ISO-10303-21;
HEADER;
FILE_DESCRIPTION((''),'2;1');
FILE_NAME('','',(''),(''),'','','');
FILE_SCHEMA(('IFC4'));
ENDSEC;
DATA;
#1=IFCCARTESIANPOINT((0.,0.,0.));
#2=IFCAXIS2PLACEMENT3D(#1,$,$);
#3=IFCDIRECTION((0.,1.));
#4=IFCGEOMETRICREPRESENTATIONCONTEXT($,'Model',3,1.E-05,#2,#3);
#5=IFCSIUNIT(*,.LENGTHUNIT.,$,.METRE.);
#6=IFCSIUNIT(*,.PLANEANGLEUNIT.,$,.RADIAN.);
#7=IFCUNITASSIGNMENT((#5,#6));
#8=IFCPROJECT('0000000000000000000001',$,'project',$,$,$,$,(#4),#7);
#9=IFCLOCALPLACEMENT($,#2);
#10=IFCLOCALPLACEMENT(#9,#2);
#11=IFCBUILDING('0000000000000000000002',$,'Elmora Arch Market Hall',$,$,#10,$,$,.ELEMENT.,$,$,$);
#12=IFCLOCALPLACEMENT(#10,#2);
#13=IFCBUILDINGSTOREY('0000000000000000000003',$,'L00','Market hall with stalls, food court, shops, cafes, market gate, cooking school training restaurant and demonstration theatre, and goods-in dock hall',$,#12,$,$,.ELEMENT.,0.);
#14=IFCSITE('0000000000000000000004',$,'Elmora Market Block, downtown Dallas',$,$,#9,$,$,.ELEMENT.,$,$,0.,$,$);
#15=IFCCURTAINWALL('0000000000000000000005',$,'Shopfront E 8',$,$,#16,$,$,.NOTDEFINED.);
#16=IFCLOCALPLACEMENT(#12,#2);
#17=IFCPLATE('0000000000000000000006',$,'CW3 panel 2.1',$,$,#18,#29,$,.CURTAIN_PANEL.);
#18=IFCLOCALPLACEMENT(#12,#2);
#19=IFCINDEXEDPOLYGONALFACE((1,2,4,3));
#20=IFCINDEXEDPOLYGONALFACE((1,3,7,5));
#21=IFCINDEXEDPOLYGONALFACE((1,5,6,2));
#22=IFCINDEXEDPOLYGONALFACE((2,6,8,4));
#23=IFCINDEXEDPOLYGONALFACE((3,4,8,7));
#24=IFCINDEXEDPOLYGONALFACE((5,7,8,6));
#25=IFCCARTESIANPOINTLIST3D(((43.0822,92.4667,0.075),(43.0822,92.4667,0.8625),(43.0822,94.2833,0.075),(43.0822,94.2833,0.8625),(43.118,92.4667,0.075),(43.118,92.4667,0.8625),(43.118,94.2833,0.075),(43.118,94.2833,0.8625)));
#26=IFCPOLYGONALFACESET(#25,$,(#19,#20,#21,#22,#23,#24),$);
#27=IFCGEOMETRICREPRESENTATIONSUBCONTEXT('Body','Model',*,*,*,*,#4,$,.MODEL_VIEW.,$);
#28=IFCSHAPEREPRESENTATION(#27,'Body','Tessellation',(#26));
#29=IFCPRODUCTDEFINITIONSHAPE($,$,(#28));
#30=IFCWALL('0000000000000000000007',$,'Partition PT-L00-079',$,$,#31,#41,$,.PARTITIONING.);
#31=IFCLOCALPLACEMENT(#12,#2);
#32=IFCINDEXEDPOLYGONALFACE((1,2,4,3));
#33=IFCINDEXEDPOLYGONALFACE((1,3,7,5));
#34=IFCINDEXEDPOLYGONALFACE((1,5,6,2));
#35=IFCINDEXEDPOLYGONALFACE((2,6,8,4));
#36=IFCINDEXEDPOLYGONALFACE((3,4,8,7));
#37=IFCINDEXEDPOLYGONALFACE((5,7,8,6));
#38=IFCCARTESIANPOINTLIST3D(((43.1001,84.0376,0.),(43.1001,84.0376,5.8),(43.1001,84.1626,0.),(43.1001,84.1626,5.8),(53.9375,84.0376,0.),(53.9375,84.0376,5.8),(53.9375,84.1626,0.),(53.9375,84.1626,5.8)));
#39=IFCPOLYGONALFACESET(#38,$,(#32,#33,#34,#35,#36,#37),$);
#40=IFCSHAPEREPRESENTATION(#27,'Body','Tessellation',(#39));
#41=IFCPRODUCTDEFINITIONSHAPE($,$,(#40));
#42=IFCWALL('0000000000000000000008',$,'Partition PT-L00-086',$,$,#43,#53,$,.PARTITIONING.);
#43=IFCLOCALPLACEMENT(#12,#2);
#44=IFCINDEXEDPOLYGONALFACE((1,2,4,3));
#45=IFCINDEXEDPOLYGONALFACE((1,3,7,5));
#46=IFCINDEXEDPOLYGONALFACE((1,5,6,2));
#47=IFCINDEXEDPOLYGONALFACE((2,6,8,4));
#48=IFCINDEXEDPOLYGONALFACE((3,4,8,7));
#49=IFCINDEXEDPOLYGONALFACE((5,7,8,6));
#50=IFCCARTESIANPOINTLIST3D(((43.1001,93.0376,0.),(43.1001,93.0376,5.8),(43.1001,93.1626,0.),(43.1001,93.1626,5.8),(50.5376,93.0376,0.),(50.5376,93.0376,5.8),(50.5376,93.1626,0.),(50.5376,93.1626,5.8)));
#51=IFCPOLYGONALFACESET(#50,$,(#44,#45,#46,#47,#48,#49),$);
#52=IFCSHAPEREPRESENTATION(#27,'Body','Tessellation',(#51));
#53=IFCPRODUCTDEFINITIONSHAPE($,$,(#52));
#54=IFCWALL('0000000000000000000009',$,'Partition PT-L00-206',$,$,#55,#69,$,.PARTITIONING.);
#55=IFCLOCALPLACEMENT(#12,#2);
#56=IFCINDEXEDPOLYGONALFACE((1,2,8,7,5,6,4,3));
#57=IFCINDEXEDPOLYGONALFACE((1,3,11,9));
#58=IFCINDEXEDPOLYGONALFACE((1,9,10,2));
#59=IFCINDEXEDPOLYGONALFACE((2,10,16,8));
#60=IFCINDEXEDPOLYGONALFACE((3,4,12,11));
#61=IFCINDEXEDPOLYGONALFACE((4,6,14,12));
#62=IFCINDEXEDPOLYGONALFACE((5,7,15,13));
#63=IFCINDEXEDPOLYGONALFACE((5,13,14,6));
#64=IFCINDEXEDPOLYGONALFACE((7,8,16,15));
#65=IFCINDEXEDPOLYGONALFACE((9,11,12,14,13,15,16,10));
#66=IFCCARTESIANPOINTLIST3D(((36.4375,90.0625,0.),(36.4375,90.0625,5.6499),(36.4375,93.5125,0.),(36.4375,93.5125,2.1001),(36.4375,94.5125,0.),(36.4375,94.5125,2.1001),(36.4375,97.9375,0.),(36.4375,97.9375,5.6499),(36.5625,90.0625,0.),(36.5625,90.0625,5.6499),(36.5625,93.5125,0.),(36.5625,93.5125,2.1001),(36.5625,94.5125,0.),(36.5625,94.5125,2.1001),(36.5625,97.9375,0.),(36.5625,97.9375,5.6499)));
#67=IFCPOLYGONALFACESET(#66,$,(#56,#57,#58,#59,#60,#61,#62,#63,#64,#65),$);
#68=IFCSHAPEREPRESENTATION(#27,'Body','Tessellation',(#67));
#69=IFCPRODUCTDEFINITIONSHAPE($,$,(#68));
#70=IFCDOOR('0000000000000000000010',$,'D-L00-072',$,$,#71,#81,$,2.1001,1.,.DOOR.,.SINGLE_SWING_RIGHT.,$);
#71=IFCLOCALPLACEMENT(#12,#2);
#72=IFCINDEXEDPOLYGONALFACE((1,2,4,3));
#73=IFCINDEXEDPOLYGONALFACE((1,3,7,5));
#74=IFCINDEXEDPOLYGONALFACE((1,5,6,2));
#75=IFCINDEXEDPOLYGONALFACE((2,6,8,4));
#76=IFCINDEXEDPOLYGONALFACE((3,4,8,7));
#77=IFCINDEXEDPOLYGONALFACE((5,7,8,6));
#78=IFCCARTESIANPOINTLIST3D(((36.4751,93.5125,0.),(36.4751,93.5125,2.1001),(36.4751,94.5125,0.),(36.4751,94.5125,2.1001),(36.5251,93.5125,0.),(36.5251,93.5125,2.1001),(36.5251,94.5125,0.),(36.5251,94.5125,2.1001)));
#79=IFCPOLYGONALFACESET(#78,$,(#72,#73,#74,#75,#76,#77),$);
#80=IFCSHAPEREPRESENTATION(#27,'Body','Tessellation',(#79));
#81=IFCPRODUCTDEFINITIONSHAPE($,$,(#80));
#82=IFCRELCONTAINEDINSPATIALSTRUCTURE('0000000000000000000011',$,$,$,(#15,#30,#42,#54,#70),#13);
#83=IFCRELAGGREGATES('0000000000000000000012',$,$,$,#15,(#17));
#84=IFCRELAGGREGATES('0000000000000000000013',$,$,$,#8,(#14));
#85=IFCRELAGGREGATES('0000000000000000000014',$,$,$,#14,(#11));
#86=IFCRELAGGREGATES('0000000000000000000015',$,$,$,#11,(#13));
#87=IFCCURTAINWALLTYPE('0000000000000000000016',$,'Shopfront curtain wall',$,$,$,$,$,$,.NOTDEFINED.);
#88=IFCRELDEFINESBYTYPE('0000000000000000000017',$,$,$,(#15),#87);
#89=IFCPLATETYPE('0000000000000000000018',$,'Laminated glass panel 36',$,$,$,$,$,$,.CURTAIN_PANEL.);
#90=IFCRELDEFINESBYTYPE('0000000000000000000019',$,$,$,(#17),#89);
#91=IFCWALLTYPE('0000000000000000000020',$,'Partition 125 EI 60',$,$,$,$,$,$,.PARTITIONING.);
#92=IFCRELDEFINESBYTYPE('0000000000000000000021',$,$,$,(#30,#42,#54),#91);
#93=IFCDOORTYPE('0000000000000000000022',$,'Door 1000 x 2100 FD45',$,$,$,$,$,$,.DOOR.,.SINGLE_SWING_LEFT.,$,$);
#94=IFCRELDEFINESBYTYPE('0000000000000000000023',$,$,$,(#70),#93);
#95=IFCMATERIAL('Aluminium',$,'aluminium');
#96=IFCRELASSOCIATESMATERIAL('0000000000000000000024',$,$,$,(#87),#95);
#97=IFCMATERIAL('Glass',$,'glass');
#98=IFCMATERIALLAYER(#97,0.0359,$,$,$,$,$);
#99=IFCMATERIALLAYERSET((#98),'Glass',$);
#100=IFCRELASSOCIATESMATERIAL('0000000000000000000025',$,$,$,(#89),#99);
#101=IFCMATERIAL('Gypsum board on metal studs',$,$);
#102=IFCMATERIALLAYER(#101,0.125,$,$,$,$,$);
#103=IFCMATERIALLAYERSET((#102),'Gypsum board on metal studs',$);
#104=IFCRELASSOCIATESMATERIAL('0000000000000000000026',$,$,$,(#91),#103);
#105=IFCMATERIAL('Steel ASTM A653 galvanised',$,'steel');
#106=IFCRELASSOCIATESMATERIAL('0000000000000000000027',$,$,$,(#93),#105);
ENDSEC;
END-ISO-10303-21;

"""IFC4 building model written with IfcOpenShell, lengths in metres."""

from ifc_helpers import new_model, si_unit, direction, frame, frame_2d, origin, origin_2d, place, context, subcontext, project, spatial, rectangle, extrude, material, layer, layer_set, type_object, element, fill, aggregate, save


model = new_model("IFC4")

# Units and contexts
model_context = context("Model", 3, precision=1e-05, world=origin(), true_north=direction((0.0, 1.0)))
body_context = subcontext(model_context, "Body", "Model", "MODEL_VIEW")
ifc_project = project(units=[si_unit("LENGTHUNIT", "METRE"), si_unit("PLANEANGLEUNIT", "RADIAN")], contexts=[model_context])

# Site, building, storey
site_placement = place(None, origin())
site = spatial("IfcSite", under=ifc_project, at=site_placement, Name="Elmora Market Block, downtown Dallas", CompositionType="ELEMENT", RefElevation=0.0)
building_placement = place(site_placement, origin())
building = spatial("IfcBuilding", under=site, at=building_placement, Name="Elmora Arch Market Hall", CompositionType="ELEMENT")
storey_placement = place(building_placement, origin())
storey = spatial("IfcBuildingStorey", under=building, at=storey_placement, Name="L00", Description="Market hall with stalls, food court, shops, cafes, market gate, cooking school training restaurant and demonstration theatre, and goods-in dock hall", CompositionType="ELEMENT", Elevation=0.0)

# Curtain wall
ifc_material_1 = material(Name="Aluminium", Category="aluminium")
curtain_wall_type = type_object("IfcCurtainWallType", Name="Shopfront curtain wall", PredefinedType="NOTDEFINED", material=ifc_material_1)
curtain_wall_1_placement = place(storey_placement, origin())
curtain_wall_1 = element("IfcCurtainWall", 1, at=curtain_wall_1_placement, inside=storey, type_object=curtain_wall_type, Name="Shopfront E 8", PredefinedType="NOTDEFINED")

# Plate
ifc_material_2 = material(Name="Glass", Category="glass")
ifc_layer_1 = layer(ifc_material_2, 0.0359)
ifc_layer_set_1 = layer_set([ifc_layer_1], Name="Glass")
plate_type = type_object("IfcPlateType", Name="Laminated glass panel 36", PredefinedType="CURTAIN_PANEL", material=ifc_layer_set_1)
plate_1_placement = place(storey_placement, frame((43.1001, 93.375, 0.075), z_axis=(0.0, 0.0, 1.0), x_axis=(0.0, 1.0, 0.0)))
plate_1 = element("IfcPlate", 2, at=plate_1_placement, type_object=plate_type, Name="CW3 panel 2.1", PredefinedType="CURTAIN_PANEL", context=body_context, shape_type="SweptSolid", body=[
    extrude(rectangle(XDim=1.8167, YDim=0.0359, at=origin_2d()), origin(), (0.0, 0.0, 1.0), 0.7876),
])
aggregate(curtain_wall_1, [plate_1])

# Walls
ifc_material_3 = material(Name="Gypsum board on metal studs")
ifc_layer_2 = layer(ifc_material_3, 0.125)
ifc_layer_set_2 = layer_set([ifc_layer_2], Name="Gypsum board on metal studs")
wall_type_1 = type_object("IfcWallType", Name="Partition 125 EI 60", PredefinedType="PARTITIONING", material=ifc_layer_set_2)
wall_1_placement = place(storey_placement, frame((43.1001, 84.1001, 0.0), z_axis=(0.0, 0.0, 1.0), x_axis=(1.0, 0.0, 0.0)))
element("IfcWall", 3, at=wall_1_placement, inside=storey, type_object=wall_type_1, Name="Partition PT-L00-079", PredefinedType="PARTITIONING", context=body_context, shape_type="SweptSolid", body=[
    extrude(rectangle(XDim=10.8374, YDim=0.125, at=frame_2d((5.4187, 0.0))), origin(), (0.0, 0.0, 1.0), 5.8),
])
wall_2_placement = place(storey_placement, frame((43.1001, 93.1001, 0.0), z_axis=(0.0, 0.0, 1.0), x_axis=(1.0, 0.0, 0.0)))
element("IfcWall", 4, at=wall_2_placement, inside=storey, type_object=wall_type_1, Name="Partition PT-L00-086", PredefinedType="PARTITIONING", context=body_context, shape_type="SweptSolid", body=[
    extrude(rectangle(XDim=7.4375, YDim=0.125, at=frame_2d((3.7188, 0.0))), origin(), (0.0, 0.0, 1.0), 5.8),
])

# Wall, opening, door
wall_3_placement = place(storey_placement, frame((36.5, 90.0625, 0.0), z_axis=(0.0, 0.0, 1.0), x_axis=(0.0, 1.0, 0.0)))
wall_3 = element("IfcWall", 5, at=wall_3_placement, inside=storey, type_object=wall_type_1, Name="Partition PT-L00-206", PredefinedType="PARTITIONING", context=body_context, shape_type="SweptSolid", body=[
    extrude(rectangle(XDim=7.875, YDim=0.125, at=frame_2d((3.9375, 0.0))), origin(), (0.0, 0.0, 1.0), 5.6499),
])
opening_1_placement = place(wall_3_placement, frame((3.45, 0.0, 0.0)))
opening_1 = element("IfcOpeningElement", 6, at=opening_1_placement, cuts=wall_3, PredefinedType="OPENING", context=body_context, shape_type="SweptSolid", body=[
    extrude(rectangle(XDim=1.0, YDim=2.1001, at=frame_2d((0.5, 1.05))), frame((0.0, 0.0725, 0.0), z_axis=(0.0, -1.0, 0.0), x_axis=(1.0, 0.0, 0.0)), (0.0, 0.0, 1.0), 0.145),
])
ifc_material_4 = material(Name="Steel ASTM A653 galvanised", Category="steel")
door_type_1 = type_object("IfcDoorType", Name="Door 1000 x 2100 FD45", OperationType="SINGLE_SWING_LEFT", PredefinedType="DOOR", material=ifc_material_4)
door_1_placement = place(opening_1_placement, origin())
door_1 = element("IfcDoor", 7, at=door_1_placement, inside=storey, type_object=door_type_1, Name="D-L00-072", OperationType="SINGLE_SWING_RIGHT", OverallHeight=2.1001, OverallWidth=1.0, PredefinedType="DOOR", context=body_context, shape_type="SweptSolid", body=[
    extrude(rectangle(XDim=1.0, YDim=2.1001, at=frame_2d((0.5, 1.05))), frame((0.0, 0.0249, 0.0), z_axis=(0.0, -1.0, 0.0), x_axis=(1.0, 0.0, 0.0)), (0.0, 0.0, 1.0), 0.05),
])
fill(opening_1, door_1)

save(model, "model.ifc")
